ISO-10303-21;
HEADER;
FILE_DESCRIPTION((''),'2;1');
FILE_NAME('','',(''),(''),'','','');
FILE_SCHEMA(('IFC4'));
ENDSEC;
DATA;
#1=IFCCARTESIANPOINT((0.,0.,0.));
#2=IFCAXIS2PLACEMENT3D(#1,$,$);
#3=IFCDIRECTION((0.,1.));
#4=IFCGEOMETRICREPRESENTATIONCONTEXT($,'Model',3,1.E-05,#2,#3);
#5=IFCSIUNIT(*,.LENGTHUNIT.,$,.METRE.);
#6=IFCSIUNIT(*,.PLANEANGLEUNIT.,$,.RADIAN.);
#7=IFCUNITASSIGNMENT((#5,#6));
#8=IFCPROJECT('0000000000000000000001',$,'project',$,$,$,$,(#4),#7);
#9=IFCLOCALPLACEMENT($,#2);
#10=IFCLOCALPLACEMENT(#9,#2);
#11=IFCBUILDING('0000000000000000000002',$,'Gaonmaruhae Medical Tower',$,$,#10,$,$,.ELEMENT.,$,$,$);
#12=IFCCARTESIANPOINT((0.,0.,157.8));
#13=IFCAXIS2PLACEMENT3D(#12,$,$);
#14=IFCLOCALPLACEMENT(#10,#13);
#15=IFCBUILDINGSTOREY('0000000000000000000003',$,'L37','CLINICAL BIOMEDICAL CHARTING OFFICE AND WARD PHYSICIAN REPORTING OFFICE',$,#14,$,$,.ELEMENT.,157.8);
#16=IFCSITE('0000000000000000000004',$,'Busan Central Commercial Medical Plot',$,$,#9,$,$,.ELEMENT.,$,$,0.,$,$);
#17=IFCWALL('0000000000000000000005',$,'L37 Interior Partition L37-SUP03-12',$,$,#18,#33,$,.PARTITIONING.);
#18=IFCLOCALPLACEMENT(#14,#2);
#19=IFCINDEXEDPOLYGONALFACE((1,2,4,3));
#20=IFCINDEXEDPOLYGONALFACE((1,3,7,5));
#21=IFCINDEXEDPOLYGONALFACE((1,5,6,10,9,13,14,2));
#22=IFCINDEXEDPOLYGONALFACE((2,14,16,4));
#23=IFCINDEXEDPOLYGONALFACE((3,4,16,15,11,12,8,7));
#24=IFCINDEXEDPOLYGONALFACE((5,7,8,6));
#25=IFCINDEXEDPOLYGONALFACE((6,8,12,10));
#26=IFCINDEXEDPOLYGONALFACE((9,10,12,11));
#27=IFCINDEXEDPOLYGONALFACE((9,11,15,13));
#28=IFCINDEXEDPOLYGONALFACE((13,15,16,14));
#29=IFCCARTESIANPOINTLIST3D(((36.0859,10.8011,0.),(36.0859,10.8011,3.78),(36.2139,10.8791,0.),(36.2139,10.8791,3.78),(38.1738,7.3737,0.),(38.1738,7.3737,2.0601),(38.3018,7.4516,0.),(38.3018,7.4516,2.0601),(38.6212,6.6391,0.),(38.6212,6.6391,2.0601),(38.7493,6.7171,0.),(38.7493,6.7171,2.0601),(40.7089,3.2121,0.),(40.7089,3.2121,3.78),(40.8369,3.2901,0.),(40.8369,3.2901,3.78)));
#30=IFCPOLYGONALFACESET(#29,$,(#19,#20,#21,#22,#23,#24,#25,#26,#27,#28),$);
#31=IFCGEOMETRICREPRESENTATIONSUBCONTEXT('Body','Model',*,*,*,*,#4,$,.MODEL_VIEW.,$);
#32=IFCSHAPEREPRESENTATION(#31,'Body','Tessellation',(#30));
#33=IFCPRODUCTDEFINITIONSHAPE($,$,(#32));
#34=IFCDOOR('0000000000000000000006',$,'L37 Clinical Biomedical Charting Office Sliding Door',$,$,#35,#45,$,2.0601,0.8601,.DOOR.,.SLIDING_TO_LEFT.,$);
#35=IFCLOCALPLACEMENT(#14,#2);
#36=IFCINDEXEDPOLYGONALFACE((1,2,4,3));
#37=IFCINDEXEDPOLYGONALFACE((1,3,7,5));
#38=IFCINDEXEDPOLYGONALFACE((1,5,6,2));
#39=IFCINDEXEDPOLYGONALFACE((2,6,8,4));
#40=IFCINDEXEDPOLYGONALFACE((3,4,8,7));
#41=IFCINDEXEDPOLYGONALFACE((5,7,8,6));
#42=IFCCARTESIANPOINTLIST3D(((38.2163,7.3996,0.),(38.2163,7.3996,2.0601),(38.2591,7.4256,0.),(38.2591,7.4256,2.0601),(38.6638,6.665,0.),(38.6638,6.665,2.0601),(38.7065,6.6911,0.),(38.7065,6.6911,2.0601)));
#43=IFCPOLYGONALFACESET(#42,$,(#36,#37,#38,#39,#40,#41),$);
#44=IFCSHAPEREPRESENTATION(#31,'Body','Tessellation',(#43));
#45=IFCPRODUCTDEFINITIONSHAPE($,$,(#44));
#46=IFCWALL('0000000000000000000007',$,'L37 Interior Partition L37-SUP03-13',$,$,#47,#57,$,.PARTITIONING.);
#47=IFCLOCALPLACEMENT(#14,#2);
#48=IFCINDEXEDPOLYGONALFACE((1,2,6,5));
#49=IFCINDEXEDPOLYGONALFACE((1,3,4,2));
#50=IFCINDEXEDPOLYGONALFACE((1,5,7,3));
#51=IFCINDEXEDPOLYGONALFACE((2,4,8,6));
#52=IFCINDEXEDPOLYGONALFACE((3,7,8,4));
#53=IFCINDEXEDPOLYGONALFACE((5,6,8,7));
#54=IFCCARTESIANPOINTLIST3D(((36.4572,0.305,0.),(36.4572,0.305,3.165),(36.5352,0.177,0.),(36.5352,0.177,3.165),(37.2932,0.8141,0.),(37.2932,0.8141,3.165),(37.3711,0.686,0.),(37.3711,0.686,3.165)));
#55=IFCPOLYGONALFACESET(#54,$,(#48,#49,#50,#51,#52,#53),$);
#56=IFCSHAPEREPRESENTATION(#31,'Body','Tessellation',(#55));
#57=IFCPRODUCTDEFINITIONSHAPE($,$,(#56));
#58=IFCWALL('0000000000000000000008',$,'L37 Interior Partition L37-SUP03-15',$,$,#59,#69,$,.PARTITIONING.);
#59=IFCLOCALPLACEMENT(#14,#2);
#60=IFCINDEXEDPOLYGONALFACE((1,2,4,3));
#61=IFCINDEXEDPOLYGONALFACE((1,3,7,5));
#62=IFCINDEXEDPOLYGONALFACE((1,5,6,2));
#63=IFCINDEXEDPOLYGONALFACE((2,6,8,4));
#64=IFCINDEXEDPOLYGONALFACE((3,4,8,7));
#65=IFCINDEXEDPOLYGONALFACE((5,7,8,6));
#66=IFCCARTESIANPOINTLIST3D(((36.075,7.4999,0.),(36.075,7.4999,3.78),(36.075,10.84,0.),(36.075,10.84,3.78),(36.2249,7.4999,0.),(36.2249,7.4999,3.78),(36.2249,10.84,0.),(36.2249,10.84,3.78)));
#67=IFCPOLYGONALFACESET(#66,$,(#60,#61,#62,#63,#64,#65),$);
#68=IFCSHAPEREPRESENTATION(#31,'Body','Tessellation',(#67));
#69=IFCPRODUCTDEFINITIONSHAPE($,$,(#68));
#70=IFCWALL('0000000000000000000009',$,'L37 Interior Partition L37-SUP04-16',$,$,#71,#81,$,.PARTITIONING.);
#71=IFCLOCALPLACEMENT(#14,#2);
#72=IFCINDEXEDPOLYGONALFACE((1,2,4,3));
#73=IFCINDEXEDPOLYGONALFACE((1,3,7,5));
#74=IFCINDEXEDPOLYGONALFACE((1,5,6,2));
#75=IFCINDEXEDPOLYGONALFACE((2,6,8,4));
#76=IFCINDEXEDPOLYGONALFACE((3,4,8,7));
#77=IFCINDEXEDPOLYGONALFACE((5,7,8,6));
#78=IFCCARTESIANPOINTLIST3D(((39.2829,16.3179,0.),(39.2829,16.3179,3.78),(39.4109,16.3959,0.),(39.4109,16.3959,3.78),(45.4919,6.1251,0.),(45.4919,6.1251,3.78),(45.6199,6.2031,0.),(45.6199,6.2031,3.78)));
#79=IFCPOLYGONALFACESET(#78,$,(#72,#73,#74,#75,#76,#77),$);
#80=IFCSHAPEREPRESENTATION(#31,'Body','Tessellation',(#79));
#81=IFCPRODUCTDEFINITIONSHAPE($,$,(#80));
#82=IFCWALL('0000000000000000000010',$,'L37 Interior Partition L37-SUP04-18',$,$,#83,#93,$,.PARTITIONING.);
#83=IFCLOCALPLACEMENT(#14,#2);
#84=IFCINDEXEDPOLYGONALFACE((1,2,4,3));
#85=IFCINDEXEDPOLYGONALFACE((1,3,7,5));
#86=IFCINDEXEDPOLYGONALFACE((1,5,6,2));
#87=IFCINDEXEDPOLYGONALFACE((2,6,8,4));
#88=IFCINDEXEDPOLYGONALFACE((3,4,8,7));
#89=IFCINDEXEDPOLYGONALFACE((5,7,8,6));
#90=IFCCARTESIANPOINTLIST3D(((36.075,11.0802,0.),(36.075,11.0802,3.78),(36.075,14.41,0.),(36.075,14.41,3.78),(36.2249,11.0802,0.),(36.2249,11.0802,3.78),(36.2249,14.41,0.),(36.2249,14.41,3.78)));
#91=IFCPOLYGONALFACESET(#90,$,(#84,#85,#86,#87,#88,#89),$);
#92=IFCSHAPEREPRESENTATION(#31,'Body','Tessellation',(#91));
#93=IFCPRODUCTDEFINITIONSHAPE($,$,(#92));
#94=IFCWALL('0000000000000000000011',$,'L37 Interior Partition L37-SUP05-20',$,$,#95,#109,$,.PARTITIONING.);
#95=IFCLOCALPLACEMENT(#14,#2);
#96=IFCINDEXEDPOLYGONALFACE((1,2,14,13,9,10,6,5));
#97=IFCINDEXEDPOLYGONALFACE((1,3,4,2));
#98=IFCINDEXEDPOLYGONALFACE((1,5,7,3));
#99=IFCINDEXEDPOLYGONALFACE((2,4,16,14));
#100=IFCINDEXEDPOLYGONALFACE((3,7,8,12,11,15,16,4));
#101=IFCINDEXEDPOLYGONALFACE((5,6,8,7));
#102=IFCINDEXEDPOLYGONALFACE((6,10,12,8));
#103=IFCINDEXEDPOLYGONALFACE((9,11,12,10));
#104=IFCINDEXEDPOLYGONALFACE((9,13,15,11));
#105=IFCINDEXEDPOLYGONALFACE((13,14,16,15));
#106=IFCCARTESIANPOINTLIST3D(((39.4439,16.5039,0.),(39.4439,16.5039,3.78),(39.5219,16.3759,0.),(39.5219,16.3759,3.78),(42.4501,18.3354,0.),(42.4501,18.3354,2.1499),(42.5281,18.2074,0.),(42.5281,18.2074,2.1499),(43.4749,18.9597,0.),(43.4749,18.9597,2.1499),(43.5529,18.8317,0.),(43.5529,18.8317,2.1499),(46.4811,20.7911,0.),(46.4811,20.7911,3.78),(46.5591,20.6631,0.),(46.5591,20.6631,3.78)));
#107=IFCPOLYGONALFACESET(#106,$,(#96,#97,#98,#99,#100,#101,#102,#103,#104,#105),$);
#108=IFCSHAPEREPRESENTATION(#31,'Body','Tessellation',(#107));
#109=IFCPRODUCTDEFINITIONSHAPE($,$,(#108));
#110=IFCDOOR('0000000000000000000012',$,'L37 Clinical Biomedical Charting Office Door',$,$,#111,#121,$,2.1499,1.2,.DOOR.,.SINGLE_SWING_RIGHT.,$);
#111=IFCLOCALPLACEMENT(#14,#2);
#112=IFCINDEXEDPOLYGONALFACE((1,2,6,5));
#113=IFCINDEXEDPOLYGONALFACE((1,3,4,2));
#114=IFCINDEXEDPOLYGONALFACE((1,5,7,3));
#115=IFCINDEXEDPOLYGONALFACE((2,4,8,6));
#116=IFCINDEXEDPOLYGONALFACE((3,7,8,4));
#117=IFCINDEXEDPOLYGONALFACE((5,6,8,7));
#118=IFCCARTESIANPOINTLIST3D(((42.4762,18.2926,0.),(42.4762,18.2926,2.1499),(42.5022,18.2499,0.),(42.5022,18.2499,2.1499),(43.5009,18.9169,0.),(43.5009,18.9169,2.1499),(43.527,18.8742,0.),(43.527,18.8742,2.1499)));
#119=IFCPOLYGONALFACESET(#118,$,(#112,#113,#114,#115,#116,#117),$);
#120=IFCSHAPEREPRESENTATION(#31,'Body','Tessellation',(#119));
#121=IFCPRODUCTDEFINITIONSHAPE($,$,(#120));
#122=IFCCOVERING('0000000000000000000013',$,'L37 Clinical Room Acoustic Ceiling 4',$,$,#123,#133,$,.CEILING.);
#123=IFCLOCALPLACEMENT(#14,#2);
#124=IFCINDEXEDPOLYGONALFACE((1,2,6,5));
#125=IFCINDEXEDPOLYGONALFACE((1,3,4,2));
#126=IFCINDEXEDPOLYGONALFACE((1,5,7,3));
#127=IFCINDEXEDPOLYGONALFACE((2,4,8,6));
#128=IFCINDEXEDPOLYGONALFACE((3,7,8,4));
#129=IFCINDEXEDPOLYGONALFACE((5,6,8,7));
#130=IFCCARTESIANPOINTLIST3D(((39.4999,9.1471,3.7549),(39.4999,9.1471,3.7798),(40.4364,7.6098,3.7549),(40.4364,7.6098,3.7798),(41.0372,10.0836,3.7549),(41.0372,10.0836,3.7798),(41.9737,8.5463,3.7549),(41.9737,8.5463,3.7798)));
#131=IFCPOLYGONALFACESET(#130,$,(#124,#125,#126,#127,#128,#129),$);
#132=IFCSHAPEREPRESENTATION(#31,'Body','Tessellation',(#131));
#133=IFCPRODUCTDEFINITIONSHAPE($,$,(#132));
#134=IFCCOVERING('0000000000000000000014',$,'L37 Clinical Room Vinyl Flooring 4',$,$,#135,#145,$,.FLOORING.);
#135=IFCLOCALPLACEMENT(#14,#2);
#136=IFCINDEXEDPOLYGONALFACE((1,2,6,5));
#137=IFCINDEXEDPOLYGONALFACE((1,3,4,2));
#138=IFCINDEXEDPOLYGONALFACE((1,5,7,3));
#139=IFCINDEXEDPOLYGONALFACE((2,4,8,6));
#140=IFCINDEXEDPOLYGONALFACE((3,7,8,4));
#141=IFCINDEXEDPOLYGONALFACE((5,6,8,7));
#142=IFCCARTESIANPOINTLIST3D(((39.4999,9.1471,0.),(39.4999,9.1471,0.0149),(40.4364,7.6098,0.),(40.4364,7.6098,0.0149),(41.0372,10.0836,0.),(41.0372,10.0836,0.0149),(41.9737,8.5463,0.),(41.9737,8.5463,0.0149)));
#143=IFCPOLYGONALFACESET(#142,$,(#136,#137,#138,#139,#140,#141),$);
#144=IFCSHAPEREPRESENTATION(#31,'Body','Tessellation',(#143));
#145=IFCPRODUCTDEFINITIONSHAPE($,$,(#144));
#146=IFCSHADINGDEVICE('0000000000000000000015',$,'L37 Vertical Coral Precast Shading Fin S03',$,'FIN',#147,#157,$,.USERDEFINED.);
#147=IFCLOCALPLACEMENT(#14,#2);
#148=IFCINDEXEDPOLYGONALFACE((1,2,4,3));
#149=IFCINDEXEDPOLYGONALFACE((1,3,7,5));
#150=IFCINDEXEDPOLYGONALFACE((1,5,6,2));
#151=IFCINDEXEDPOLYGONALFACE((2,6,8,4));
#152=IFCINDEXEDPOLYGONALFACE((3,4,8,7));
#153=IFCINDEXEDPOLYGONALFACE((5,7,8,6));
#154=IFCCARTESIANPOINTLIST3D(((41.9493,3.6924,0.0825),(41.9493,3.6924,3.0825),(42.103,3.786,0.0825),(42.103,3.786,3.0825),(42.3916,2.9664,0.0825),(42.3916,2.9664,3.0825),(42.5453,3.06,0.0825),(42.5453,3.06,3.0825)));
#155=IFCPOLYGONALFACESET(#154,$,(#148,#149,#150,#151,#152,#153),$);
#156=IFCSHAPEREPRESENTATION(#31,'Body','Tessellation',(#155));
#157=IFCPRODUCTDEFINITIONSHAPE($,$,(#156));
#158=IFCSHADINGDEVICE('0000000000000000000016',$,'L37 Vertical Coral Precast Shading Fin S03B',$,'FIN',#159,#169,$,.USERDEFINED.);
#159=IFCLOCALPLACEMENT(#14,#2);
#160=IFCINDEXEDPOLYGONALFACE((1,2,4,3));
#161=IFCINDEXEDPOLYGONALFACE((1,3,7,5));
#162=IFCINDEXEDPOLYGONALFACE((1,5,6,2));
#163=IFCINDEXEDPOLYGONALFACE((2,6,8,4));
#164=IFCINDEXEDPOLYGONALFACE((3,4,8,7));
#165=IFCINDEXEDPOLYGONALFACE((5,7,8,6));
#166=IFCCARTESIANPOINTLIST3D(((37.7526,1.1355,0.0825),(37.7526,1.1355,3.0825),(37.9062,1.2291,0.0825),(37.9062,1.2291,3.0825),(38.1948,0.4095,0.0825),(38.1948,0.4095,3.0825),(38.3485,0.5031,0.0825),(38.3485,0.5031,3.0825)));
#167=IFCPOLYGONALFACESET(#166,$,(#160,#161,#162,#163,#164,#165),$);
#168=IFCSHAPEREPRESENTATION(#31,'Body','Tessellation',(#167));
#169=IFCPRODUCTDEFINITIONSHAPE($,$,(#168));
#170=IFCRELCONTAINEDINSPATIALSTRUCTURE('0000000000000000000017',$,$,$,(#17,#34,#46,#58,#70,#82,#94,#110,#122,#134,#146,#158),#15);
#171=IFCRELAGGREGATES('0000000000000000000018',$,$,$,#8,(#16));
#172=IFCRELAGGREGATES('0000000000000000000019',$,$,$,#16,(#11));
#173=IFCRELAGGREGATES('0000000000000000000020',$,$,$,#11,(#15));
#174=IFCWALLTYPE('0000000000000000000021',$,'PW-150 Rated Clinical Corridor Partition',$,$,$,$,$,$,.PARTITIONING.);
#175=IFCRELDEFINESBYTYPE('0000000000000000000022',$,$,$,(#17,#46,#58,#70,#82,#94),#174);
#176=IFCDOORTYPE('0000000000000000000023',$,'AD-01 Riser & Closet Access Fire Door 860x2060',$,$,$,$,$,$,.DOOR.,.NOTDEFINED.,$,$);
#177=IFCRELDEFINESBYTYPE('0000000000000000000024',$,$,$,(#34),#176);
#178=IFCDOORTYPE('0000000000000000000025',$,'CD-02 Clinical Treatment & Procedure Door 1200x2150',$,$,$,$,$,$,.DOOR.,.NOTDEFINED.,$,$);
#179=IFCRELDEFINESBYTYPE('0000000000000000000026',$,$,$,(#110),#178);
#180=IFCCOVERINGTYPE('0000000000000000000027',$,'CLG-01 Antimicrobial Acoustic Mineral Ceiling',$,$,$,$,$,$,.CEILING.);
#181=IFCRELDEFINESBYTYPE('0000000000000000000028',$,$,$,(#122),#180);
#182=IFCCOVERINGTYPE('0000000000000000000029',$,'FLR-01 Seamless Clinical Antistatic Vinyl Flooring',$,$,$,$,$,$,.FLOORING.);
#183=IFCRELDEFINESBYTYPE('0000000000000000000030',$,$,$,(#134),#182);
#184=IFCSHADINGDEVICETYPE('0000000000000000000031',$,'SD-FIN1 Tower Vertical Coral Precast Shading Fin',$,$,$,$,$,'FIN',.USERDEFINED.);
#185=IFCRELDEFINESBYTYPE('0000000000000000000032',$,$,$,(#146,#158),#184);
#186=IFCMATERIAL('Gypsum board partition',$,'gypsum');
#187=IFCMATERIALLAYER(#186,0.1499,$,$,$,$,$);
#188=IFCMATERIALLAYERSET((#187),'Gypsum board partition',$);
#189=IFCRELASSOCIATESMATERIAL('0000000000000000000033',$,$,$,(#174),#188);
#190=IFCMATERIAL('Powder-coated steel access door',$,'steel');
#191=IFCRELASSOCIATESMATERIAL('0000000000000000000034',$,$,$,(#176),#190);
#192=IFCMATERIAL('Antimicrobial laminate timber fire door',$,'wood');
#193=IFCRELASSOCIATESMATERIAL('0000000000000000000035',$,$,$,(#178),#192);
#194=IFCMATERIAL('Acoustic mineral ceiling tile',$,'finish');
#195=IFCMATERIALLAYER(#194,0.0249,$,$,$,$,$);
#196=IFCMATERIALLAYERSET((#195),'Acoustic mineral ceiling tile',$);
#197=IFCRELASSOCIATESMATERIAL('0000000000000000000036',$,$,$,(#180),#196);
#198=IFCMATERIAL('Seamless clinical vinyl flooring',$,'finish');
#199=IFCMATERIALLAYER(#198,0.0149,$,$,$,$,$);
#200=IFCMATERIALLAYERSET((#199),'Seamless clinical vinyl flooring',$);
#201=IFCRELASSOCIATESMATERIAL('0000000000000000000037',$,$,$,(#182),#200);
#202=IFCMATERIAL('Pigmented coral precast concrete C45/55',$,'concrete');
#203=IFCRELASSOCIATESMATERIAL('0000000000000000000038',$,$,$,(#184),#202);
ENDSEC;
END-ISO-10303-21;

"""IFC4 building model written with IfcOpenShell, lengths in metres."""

from ifc_helpers import new_model, si_unit, direction, frame, frame_2d, origin, origin_2d, place, context, subcontext, project, spatial, rectangle, extrude, material, layer, layer_set, type_object, element, fill, save


model = new_model("IFC4")

# Units and contexts
model_context = context("Model", 3, precision=1e-05, world=origin(), true_north=direction((0.0, 1.0)))
body_context = subcontext(model_context, "Body", "Model", "MODEL_VIEW")
ifc_project = project(units=[si_unit("LENGTHUNIT", "METRE"), si_unit("PLANEANGLEUNIT", "RADIAN")], contexts=[model_context])

# Site, building, storey
site_placement = place(None, origin())
site = spatial("IfcSite", under=ifc_project, at=site_placement, Name="Busan Central Commercial Medical Plot", CompositionType="ELEMENT", RefElevation=0.0)
building_placement = place(site_placement, origin())
building = spatial("IfcBuilding", under=site, at=building_placement, Name="Gaonmaruhae Medical Tower", CompositionType="ELEMENT")
storey_placement = place(building_placement, frame((0.0, 0.0, 157.8)))
storey = spatial("IfcBuildingStorey", under=building, at=storey_placement, Name="L37", Description="CLINICAL BIOMEDICAL CHARTING OFFICE AND WARD PHYSICIAN REPORTING OFFICE", CompositionType="ELEMENT", Elevation=157.8)

# Wall, opening, door
ifc_material_1 = material(Name="Gypsum board partition", Category="gypsum")
ifc_layer_1 = layer(ifc_material_1, 0.1499)
ifc_layer_set_1 = layer_set([ifc_layer_1], Name="Gypsum board partition")
wall_type_1 = type_object("IfcWallType", Name="PW-150 Rated Clinical Corridor Partition", PredefinedType="PARTITIONING", material=ifc_layer_set_1)
wall_1_placement = place(storey_placement, frame((36.1499, 10.8401, 0.0), z_axis=(0.0, 0.0, 1.0), x_axis=(0.520242, -0.854019, 0.0)))
wall_1 = element("IfcWall", 1, at=wall_1_placement, inside=storey, type_object=wall_type_1, Name="L37 Interior Partition L37-SUP03-12", PredefinedType="PARTITIONING", context=body_context, shape_type="SweptSolid", body=[
    extrude(rectangle(XDim=8.8862, YDim=0.1499, at=frame_2d((4.4431, 0.0))), origin(), (0.0, 0.0, 1.0), 3.78),
])
opening_1_placement = place(wall_1_placement, frame((4.0132, 0.0, 0.0)))
opening_1 = element("IfcOpeningElement", 2, at=opening_1_placement, cuts=wall_1, PredefinedType="OPENING", context=body_context, shape_type="SweptSolid", body=[
    extrude(rectangle(XDim=0.8601, YDim=2.0601, at=frame_2d((0.4302, 1.03))), frame((0.0, 0.085, 0.0), z_axis=(0.0, -1.0, 0.0), x_axis=(1.0, 0.0, 0.0)), (0.0, 0.0, 1.0), 0.1699),
])
ifc_material_2 = material(Name="Powder-coated steel access door", Category="steel")
door_type_1 = type_object("IfcDoorType", Name="AD-01 Riser & Closet Access Fire Door 860x2060", OperationType="NOTDEFINED", PredefinedType="DOOR", material=ifc_material_2)
door_1_placement = place(opening_1_placement, origin())
door_1 = element("IfcDoor", 3, at=door_1_placement, inside=storey, type_object=door_type_1, Name="L37 Clinical Biomedical Charting Office Sliding Door", OperationType="SLIDING_TO_LEFT", OverallHeight=2.0601, OverallWidth=0.8601, PredefinedType="DOOR", context=body_context, shape_type="SweptSolid", body=[
    extrude(rectangle(XDim=0.8601, YDim=2.0601, at=frame_2d((0.4302, 1.03))), frame((0.0, 0.0249, 0.0), z_axis=(0.0, -1.0, 0.0), x_axis=(1.0, 0.0, 0.0)), (0.0, 0.0, 1.0), 0.05),
])
fill(opening_1, door_1)

# Walls
wall_2_placement = place(storey_placement, frame((37.332, 0.75, 0.0), z_axis=(0.0, 0.0, 1.0), x_axis=(-0.854107, -0.520097, 0.0)))
element("IfcWall", 4, at=wall_2_placement, inside=storey, type_object=wall_type_1, Name="L37 Interior Partition L37-SUP03-13", PredefinedType="PARTITIONING", context=body_context, shape_type="SweptSolid", body=[
    extrude(rectangle(XDim=0.9788, YDim=0.1499, at=frame_2d((0.4893, 0.0))), origin(), (0.0, 0.0, 1.0), 3.165),
])
wall_3_placement = place(storey_placement, frame((36.1499, 7.5, 0.0), z_axis=(0.0, 0.0, 1.0), x_axis=(0.0, 1.0, 0.0)))
element("IfcWall", 5, at=wall_3_placement, inside=storey, type_object=wall_type_1, Name="L37 Interior Partition L37-SUP03-15", PredefinedType="PARTITIONING", context=body_context, shape_type="SweptSolid", body=[
    extrude(rectangle(XDim=3.3401, YDim=0.1499, at=frame_2d((1.6699, 0.0))), origin(), (0.0, 0.0, 1.0), 3.78),
])
wall_4_placement = place(storey_placement, frame((39.3469, 16.3569, 0.0), z_axis=(0.0, 0.0, 1.0), x_axis=(0.52023, -0.854026, 0.0)))
element("IfcWall", 6, at=wall_4_placement, inside=storey, type_object=wall_type_1, Name="L37 Interior Partition L37-SUP04-16", PredefinedType="PARTITIONING", context=body_context, shape_type="SweptSolid", body=[
    extrude(rectangle(XDim=11.9351, YDim=0.1499, at=frame_2d((5.9675, 0.0))), origin(), (0.0, 0.0, 1.0), 3.78),
])
wall_5_placement = place(storey_placement, frame((36.1499, 11.0801, 0.0), z_axis=(0.0, 0.0, 1.0), x_axis=(0.0, 1.0, 0.0)))
element("IfcWall", 7, at=wall_5_placement, inside=storey, type_object=wall_type_1, Name="L37 Interior Partition L37-SUP04-18", PredefinedType="PARTITIONING", context=body_context, shape_type="SweptSolid", body=[
    extrude(rectangle(XDim=3.3298, YDim=0.1499, at=frame_2d((1.665, 0.0))), origin(), (0.0, 0.0, 1.0), 3.78),
])

# Wall, opening, door
ifc_material_3 = material(Name="Antimicrobial laminate timber fire door", Category="wood")
door_type_2 = type_object("IfcDoorType", Name="CD-02 Clinical Treatment & Procedure Door 1200x2150", OperationType="NOTDEFINED", PredefinedType="DOOR", material=ifc_material_3)
wall_6_placement = place(storey_placement, frame((39.4829, 16.4399, 0.0), z_axis=(0.0, 0.0, 1.0), x_axis=(0.854002, 0.52027, 0.0)))
wall_6 = element("IfcWall", 8, at=wall_6_placement, inside=storey, type_object=wall_type_1, Name="L37 Interior Partition L37-SUP05-20", PredefinedType="PARTITIONING", context=body_context, shape_type="SweptSolid", body=[
    extrude(rectangle(XDim=8.2402, YDim=0.1499, at=frame_2d((4.1201, 0.0))), origin(), (0.0, 0.0, 1.0), 3.78),
])
opening_2_placement = place(wall_6_placement, frame((3.52, 0.0, 0.0)))
opening_2 = element("IfcOpeningElement", 9, at=opening_2_placement, cuts=wall_6, PredefinedType="OPENING", context=body_context, shape_type="SweptSolid", body=[
    extrude(rectangle(XDim=1.2, YDim=2.1499, at=frame_2d((0.6001, 1.075))), frame((0.0, 0.085, 0.0), z_axis=(0.0, -1.0, 0.0), x_axis=(1.0, 0.0, 0.0)), (0.0, 0.0, 1.0), 0.1699),
])
door_2_placement = place(opening_2_placement, origin())
door_2 = element("IfcDoor", 10, at=door_2_placement, inside=storey, type_object=door_type_2, Name="L37 Clinical Biomedical Charting Office Door", OperationType="SINGLE_SWING_RIGHT", OverallHeight=2.1499, OverallWidth=1.2, PredefinedType="DOOR", context=body_context, shape_type="SweptSolid", body=[
    extrude(rectangle(XDim=1.2, YDim=2.1499, at=frame_2d((0.6001, 1.075))), frame((0.0, 0.0249, 0.0), z_axis=(0.0, -1.0, 0.0), x_axis=(1.0, 0.0, 0.0)), (0.0, 0.0, 1.0), 0.05),
])
fill(opening_2, door_2)

# Coverings
ifc_material_4 = material(Name="Acoustic mineral ceiling tile", Category="finish")
ifc_layer_2 = layer(ifc_material_4, 0.0249)
ifc_layer_set_2 = layer_set([ifc_layer_2], Name="Acoustic mineral ceiling tile")
covering_type_1 = type_object("IfcCoveringType", Name="CLG-01 Antimicrobial Acoustic Mineral Ceiling", PredefinedType="CEILING", material=ifc_layer_set_2)
covering_1_placement = place(storey_placement, frame((40.7368, 8.8467, 3.7549), z_axis=(0.0, 0.0, 1.0), x_axis=(0.854005, 0.520265, 0.0)))
element("IfcCovering", 11, at=covering_1_placement, inside=storey, type_object=covering_type_1, Name="L37 Clinical Room Acoustic Ceiling 4", PredefinedType="CEILING", context=body_context, shape_type="SweptSolid", body=[
    extrude(rectangle(XDim=1.8, YDim=1.8, at=origin_2d()), origin(), (0.0, 0.0, 1.0), 0.0249),
])
ifc_material_5 = material(Name="Seamless clinical vinyl flooring", Category="finish")
ifc_layer_3 = layer(ifc_material_5, 0.0149)
ifc_layer_set_3 = layer_set([ifc_layer_3], Name="Seamless clinical vinyl flooring")
covering_type_2 = type_object("IfcCoveringType", Name="FLR-01 Seamless Clinical Antistatic Vinyl Flooring", PredefinedType="FLOORING", material=ifc_layer_set_3)
covering_2_placement = place(storey_placement, frame((40.7368, 8.8467, 0.0), z_axis=(0.0, 0.0, 1.0), x_axis=(0.854005, 0.520265, 0.0)))
element("IfcCovering", 12, at=covering_2_placement, inside=storey, type_object=covering_type_2, Name="L37 Clinical Room Vinyl Flooring 4", PredefinedType="FLOORING", context=body_context, shape_type="SweptSolid", body=[
    extrude(rectangle(XDim=1.8, YDim=1.8, at=origin_2d()), origin(), (0.0, 0.0, 1.0), 0.0149),
])

# Shading devices
ifc_material_6 = material(Name="Pigmented coral precast concrete C45/55", Category="concrete")
shading_device_type = type_object("IfcShadingDeviceType", Name="SD-FIN1 Tower Vertical Coral Precast Shading Fin", ElementType="FIN", PredefinedType="USERDEFINED", material=ifc_material_6)
for number, where, z_axis, x_axis, name in (
    (13, (42.2473, 3.3762, 0.0825), (0.0, 0.0, 1.0), (-0.854005, -0.520265, 0.0), "L37 Vertical Coral Precast Shading Fin S03"),
    (14, (38.0505, 0.8193, 0.0825), (0.0, 0.0, 1.0), (-0.854005, -0.520265, 0.0), "L37 Vertical Coral Precast Shading Fin S03B"),
):
    element("IfcShadingDevice", number, at=place(storey_placement, frame(where, z_axis=z_axis, x_axis=x_axis)), inside=storey, type_object=shading_device_type, Name=name, ObjectType="FIN", PredefinedType="USERDEFINED", context=body_context, shape_type="SweptSolid", body=[
        extrude(rectangle(XDim=0.1799, YDim=0.8501, at=origin_2d()), origin(), (0.0, 0.0, 1.0), 3.0),
    ])

save(model, "model.ifc")
